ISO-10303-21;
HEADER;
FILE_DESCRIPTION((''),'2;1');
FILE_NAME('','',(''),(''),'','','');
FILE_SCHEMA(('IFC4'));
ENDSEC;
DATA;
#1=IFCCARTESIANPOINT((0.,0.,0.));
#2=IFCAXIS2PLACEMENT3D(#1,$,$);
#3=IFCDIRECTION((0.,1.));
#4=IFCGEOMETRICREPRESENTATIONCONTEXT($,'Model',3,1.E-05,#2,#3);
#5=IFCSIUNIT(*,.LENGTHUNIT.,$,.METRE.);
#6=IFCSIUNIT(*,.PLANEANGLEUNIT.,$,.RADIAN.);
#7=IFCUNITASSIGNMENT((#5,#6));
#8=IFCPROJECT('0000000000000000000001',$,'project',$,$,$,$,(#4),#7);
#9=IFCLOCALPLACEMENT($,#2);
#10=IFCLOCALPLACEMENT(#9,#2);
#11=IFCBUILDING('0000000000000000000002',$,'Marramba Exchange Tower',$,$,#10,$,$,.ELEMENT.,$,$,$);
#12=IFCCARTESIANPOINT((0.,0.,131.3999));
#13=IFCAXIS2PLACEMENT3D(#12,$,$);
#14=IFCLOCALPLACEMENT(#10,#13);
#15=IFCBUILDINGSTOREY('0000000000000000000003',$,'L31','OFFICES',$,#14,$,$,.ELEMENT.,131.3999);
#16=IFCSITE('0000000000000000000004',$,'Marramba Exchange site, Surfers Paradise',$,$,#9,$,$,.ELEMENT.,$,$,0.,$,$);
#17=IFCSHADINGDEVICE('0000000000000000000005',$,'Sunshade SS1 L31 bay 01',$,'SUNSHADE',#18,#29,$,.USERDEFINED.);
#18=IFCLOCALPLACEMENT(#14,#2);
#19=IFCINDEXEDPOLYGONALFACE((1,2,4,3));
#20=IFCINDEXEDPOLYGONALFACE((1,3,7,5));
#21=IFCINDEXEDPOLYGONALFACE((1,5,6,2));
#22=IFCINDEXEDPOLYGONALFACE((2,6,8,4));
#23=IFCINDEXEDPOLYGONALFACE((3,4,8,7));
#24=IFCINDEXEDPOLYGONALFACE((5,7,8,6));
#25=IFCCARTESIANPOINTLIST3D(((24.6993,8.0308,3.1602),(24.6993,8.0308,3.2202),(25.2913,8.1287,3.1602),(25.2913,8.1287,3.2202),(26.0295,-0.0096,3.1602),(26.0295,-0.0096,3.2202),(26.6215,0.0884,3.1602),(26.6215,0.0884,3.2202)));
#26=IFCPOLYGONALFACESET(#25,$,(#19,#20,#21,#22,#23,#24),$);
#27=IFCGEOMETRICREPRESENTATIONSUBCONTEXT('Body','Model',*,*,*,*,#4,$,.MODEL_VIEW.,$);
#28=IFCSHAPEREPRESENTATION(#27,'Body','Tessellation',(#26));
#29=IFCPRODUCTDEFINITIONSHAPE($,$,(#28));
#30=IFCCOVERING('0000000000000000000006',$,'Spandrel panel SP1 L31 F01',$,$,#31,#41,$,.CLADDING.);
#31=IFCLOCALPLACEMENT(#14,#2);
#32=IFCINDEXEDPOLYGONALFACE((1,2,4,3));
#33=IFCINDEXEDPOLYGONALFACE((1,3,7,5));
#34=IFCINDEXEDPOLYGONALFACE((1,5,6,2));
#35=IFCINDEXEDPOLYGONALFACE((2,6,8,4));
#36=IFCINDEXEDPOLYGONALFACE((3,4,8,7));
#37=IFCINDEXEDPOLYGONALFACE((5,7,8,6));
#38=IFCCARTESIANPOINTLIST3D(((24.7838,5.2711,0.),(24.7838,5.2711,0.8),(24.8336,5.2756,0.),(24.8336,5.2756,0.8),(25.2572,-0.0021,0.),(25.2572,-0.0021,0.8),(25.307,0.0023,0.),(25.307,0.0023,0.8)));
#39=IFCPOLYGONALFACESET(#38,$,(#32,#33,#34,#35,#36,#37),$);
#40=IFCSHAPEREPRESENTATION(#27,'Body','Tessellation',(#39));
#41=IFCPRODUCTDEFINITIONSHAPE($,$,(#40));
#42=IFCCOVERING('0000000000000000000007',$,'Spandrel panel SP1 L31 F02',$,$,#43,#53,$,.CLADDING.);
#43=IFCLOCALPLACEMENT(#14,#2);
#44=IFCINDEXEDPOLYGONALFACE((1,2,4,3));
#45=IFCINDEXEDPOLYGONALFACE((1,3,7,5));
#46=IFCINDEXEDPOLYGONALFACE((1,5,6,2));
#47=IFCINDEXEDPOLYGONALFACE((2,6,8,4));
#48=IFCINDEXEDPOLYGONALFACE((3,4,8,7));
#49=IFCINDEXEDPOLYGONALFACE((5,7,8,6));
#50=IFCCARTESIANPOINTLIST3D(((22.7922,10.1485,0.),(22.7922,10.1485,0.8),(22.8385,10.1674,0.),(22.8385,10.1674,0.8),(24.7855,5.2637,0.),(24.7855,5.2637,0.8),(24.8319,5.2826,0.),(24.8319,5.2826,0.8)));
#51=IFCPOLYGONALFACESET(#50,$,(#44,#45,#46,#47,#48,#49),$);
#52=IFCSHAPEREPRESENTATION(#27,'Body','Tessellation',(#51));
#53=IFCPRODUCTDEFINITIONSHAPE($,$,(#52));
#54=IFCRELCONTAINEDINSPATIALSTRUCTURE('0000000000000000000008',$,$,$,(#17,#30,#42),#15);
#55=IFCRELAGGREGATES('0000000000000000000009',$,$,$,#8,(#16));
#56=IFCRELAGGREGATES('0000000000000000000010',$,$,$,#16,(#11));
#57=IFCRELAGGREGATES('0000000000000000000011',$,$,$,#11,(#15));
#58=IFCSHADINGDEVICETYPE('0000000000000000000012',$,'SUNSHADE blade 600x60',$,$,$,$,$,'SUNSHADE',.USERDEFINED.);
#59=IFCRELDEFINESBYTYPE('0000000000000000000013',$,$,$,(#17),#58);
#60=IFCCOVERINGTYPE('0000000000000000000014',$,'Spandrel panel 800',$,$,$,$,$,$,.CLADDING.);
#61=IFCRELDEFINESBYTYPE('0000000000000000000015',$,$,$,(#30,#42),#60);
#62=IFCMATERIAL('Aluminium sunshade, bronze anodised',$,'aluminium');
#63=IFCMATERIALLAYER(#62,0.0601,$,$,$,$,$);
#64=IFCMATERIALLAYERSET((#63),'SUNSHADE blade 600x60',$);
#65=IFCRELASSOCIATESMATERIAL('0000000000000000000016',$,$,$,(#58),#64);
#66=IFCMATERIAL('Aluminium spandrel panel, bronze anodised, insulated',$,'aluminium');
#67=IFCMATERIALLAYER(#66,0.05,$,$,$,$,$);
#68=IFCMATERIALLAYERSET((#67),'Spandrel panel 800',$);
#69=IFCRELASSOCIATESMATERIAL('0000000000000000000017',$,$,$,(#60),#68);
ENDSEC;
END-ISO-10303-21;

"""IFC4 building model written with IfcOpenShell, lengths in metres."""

from ifc_helpers import new_model, si_unit, direction, frame, origin, origin_2d, place, context, subcontext, project, spatial, rectangle, extrude, material, layer, layer_set, type_object, element, save


model = new_model("IFC4")

# Units and contexts
model_context = context("Model", 3, precision=1e-05, world=origin(), true_north=direction((0.0, 1.0)))
body_context = subcontext(model_context, "Body", "Model", "MODEL_VIEW")
ifc_project = project(units=[si_unit("LENGTHUNIT", "METRE"), si_unit("PLANEANGLEUNIT", "RADIAN")], contexts=[model_context])

# Site, building, storey
site_placement = place(None, origin())
site = spatial("IfcSite", under=ifc_project, at=site_placement, Name="Marramba Exchange site, Surfers Paradise", CompositionType="ELEMENT", RefElevation=0.0)
building_placement = place(site_placement, origin())
building = spatial("IfcBuilding", under=site, at=building_placement, Name="Marramba Exchange Tower", CompositionType="ELEMENT")
storey_placement = place(building_placement, frame((0.0, 0.0, 131.3999)))
storey = spatial("IfcBuildingStorey", under=building, at=storey_placement, Name="L31", Description="OFFICES", CompositionType="ELEMENT", Elevation=131.3999)

# Shading device
ifc_material_1 = material(Name="Aluminium sunshade, bronze anodised", Category="aluminium")
ifc_layer_1 = layer(ifc_material_1, 0.0601)
ifc_layer_set_1 = layer_set([ifc_layer_1], Name="SUNSHADE blade 600x60")
shading_device_type_1 = type_object("IfcShadingDeviceType", Name="SUNSHADE blade 600x60", ElementType="SUNSHADE", PredefinedType="USERDEFINED", material=ifc_layer_set_1)
shading_device_1_placement = place(storey_placement, frame((25.6604, 4.0596, 3.1602), z_axis=(0.0, 0.0, 1.0), x_axis=(-0.163228, 0.986588, 0.0)))
element("IfcShadingDevice", 1, at=shading_device_1_placement, inside=storey, type_object=shading_device_type_1, Name="Sunshade SS1 L31 bay 01", ObjectType="SUNSHADE", PredefinedType="USERDEFINED", context=body_context, shape_type="SweptSolid", body=[
    extrude(rectangle(XDim=8.1497, YDim=0.6001, at=origin_2d()), origin(), (0.0, 0.0, 1.0), 0.0601),
])

# Coverings
ifc_material_2 = material(Name="Aluminium spandrel panel, bronze anodised, insulated", Category="aluminium")
ifc_layer_2 = layer(ifc_material_2, 0.05)
ifc_layer_set_2 = layer_set([ifc_layer_2], Name="Spandrel panel 800")
covering_type = type_object("IfcCoveringType", Name="Spandrel panel 800", PredefinedType="CLADDING", material=ifc_layer_set_2)
covering_1_placement = place(storey_placement, frame((25.0454, 2.6367, 0.0), z_axis=(0.0, 0.0, 1.0), x_axis=(-0.089413, 0.995995, 0.0)))
element("IfcCovering", 2, at=covering_1_placement, inside=storey, type_object=covering_type, Name="Spandrel panel SP1 L31 F01", PredefinedType="CLADDING", context=body_context, shape_type="SweptSolid", body=[
    extrude(rectangle(XDim=5.2944, YDim=0.05, at=origin_2d()), origin(), (0.0, 0.0, 1.0), 0.8),
])
covering_2_placement = place(storey_placement, frame((23.812, 7.7156, 0.0), z_axis=(0.0, 0.0, 1.0), x_axis=(-0.377821, 0.925879, 0.0)))
element("IfcCovering", 3, at=covering_2_placement, inside=storey, type_object=covering_type, Name="Spandrel panel SP1 L31 F02", PredefinedType="CLADDING", context=body_context, shape_type="SweptSolid", body=[
    extrude(rectangle(XDim=5.2759, YDim=0.05, at=origin_2d()), origin(), (0.0, 0.0, 1.0), 0.8),
])

save(model, "model.ifc")
